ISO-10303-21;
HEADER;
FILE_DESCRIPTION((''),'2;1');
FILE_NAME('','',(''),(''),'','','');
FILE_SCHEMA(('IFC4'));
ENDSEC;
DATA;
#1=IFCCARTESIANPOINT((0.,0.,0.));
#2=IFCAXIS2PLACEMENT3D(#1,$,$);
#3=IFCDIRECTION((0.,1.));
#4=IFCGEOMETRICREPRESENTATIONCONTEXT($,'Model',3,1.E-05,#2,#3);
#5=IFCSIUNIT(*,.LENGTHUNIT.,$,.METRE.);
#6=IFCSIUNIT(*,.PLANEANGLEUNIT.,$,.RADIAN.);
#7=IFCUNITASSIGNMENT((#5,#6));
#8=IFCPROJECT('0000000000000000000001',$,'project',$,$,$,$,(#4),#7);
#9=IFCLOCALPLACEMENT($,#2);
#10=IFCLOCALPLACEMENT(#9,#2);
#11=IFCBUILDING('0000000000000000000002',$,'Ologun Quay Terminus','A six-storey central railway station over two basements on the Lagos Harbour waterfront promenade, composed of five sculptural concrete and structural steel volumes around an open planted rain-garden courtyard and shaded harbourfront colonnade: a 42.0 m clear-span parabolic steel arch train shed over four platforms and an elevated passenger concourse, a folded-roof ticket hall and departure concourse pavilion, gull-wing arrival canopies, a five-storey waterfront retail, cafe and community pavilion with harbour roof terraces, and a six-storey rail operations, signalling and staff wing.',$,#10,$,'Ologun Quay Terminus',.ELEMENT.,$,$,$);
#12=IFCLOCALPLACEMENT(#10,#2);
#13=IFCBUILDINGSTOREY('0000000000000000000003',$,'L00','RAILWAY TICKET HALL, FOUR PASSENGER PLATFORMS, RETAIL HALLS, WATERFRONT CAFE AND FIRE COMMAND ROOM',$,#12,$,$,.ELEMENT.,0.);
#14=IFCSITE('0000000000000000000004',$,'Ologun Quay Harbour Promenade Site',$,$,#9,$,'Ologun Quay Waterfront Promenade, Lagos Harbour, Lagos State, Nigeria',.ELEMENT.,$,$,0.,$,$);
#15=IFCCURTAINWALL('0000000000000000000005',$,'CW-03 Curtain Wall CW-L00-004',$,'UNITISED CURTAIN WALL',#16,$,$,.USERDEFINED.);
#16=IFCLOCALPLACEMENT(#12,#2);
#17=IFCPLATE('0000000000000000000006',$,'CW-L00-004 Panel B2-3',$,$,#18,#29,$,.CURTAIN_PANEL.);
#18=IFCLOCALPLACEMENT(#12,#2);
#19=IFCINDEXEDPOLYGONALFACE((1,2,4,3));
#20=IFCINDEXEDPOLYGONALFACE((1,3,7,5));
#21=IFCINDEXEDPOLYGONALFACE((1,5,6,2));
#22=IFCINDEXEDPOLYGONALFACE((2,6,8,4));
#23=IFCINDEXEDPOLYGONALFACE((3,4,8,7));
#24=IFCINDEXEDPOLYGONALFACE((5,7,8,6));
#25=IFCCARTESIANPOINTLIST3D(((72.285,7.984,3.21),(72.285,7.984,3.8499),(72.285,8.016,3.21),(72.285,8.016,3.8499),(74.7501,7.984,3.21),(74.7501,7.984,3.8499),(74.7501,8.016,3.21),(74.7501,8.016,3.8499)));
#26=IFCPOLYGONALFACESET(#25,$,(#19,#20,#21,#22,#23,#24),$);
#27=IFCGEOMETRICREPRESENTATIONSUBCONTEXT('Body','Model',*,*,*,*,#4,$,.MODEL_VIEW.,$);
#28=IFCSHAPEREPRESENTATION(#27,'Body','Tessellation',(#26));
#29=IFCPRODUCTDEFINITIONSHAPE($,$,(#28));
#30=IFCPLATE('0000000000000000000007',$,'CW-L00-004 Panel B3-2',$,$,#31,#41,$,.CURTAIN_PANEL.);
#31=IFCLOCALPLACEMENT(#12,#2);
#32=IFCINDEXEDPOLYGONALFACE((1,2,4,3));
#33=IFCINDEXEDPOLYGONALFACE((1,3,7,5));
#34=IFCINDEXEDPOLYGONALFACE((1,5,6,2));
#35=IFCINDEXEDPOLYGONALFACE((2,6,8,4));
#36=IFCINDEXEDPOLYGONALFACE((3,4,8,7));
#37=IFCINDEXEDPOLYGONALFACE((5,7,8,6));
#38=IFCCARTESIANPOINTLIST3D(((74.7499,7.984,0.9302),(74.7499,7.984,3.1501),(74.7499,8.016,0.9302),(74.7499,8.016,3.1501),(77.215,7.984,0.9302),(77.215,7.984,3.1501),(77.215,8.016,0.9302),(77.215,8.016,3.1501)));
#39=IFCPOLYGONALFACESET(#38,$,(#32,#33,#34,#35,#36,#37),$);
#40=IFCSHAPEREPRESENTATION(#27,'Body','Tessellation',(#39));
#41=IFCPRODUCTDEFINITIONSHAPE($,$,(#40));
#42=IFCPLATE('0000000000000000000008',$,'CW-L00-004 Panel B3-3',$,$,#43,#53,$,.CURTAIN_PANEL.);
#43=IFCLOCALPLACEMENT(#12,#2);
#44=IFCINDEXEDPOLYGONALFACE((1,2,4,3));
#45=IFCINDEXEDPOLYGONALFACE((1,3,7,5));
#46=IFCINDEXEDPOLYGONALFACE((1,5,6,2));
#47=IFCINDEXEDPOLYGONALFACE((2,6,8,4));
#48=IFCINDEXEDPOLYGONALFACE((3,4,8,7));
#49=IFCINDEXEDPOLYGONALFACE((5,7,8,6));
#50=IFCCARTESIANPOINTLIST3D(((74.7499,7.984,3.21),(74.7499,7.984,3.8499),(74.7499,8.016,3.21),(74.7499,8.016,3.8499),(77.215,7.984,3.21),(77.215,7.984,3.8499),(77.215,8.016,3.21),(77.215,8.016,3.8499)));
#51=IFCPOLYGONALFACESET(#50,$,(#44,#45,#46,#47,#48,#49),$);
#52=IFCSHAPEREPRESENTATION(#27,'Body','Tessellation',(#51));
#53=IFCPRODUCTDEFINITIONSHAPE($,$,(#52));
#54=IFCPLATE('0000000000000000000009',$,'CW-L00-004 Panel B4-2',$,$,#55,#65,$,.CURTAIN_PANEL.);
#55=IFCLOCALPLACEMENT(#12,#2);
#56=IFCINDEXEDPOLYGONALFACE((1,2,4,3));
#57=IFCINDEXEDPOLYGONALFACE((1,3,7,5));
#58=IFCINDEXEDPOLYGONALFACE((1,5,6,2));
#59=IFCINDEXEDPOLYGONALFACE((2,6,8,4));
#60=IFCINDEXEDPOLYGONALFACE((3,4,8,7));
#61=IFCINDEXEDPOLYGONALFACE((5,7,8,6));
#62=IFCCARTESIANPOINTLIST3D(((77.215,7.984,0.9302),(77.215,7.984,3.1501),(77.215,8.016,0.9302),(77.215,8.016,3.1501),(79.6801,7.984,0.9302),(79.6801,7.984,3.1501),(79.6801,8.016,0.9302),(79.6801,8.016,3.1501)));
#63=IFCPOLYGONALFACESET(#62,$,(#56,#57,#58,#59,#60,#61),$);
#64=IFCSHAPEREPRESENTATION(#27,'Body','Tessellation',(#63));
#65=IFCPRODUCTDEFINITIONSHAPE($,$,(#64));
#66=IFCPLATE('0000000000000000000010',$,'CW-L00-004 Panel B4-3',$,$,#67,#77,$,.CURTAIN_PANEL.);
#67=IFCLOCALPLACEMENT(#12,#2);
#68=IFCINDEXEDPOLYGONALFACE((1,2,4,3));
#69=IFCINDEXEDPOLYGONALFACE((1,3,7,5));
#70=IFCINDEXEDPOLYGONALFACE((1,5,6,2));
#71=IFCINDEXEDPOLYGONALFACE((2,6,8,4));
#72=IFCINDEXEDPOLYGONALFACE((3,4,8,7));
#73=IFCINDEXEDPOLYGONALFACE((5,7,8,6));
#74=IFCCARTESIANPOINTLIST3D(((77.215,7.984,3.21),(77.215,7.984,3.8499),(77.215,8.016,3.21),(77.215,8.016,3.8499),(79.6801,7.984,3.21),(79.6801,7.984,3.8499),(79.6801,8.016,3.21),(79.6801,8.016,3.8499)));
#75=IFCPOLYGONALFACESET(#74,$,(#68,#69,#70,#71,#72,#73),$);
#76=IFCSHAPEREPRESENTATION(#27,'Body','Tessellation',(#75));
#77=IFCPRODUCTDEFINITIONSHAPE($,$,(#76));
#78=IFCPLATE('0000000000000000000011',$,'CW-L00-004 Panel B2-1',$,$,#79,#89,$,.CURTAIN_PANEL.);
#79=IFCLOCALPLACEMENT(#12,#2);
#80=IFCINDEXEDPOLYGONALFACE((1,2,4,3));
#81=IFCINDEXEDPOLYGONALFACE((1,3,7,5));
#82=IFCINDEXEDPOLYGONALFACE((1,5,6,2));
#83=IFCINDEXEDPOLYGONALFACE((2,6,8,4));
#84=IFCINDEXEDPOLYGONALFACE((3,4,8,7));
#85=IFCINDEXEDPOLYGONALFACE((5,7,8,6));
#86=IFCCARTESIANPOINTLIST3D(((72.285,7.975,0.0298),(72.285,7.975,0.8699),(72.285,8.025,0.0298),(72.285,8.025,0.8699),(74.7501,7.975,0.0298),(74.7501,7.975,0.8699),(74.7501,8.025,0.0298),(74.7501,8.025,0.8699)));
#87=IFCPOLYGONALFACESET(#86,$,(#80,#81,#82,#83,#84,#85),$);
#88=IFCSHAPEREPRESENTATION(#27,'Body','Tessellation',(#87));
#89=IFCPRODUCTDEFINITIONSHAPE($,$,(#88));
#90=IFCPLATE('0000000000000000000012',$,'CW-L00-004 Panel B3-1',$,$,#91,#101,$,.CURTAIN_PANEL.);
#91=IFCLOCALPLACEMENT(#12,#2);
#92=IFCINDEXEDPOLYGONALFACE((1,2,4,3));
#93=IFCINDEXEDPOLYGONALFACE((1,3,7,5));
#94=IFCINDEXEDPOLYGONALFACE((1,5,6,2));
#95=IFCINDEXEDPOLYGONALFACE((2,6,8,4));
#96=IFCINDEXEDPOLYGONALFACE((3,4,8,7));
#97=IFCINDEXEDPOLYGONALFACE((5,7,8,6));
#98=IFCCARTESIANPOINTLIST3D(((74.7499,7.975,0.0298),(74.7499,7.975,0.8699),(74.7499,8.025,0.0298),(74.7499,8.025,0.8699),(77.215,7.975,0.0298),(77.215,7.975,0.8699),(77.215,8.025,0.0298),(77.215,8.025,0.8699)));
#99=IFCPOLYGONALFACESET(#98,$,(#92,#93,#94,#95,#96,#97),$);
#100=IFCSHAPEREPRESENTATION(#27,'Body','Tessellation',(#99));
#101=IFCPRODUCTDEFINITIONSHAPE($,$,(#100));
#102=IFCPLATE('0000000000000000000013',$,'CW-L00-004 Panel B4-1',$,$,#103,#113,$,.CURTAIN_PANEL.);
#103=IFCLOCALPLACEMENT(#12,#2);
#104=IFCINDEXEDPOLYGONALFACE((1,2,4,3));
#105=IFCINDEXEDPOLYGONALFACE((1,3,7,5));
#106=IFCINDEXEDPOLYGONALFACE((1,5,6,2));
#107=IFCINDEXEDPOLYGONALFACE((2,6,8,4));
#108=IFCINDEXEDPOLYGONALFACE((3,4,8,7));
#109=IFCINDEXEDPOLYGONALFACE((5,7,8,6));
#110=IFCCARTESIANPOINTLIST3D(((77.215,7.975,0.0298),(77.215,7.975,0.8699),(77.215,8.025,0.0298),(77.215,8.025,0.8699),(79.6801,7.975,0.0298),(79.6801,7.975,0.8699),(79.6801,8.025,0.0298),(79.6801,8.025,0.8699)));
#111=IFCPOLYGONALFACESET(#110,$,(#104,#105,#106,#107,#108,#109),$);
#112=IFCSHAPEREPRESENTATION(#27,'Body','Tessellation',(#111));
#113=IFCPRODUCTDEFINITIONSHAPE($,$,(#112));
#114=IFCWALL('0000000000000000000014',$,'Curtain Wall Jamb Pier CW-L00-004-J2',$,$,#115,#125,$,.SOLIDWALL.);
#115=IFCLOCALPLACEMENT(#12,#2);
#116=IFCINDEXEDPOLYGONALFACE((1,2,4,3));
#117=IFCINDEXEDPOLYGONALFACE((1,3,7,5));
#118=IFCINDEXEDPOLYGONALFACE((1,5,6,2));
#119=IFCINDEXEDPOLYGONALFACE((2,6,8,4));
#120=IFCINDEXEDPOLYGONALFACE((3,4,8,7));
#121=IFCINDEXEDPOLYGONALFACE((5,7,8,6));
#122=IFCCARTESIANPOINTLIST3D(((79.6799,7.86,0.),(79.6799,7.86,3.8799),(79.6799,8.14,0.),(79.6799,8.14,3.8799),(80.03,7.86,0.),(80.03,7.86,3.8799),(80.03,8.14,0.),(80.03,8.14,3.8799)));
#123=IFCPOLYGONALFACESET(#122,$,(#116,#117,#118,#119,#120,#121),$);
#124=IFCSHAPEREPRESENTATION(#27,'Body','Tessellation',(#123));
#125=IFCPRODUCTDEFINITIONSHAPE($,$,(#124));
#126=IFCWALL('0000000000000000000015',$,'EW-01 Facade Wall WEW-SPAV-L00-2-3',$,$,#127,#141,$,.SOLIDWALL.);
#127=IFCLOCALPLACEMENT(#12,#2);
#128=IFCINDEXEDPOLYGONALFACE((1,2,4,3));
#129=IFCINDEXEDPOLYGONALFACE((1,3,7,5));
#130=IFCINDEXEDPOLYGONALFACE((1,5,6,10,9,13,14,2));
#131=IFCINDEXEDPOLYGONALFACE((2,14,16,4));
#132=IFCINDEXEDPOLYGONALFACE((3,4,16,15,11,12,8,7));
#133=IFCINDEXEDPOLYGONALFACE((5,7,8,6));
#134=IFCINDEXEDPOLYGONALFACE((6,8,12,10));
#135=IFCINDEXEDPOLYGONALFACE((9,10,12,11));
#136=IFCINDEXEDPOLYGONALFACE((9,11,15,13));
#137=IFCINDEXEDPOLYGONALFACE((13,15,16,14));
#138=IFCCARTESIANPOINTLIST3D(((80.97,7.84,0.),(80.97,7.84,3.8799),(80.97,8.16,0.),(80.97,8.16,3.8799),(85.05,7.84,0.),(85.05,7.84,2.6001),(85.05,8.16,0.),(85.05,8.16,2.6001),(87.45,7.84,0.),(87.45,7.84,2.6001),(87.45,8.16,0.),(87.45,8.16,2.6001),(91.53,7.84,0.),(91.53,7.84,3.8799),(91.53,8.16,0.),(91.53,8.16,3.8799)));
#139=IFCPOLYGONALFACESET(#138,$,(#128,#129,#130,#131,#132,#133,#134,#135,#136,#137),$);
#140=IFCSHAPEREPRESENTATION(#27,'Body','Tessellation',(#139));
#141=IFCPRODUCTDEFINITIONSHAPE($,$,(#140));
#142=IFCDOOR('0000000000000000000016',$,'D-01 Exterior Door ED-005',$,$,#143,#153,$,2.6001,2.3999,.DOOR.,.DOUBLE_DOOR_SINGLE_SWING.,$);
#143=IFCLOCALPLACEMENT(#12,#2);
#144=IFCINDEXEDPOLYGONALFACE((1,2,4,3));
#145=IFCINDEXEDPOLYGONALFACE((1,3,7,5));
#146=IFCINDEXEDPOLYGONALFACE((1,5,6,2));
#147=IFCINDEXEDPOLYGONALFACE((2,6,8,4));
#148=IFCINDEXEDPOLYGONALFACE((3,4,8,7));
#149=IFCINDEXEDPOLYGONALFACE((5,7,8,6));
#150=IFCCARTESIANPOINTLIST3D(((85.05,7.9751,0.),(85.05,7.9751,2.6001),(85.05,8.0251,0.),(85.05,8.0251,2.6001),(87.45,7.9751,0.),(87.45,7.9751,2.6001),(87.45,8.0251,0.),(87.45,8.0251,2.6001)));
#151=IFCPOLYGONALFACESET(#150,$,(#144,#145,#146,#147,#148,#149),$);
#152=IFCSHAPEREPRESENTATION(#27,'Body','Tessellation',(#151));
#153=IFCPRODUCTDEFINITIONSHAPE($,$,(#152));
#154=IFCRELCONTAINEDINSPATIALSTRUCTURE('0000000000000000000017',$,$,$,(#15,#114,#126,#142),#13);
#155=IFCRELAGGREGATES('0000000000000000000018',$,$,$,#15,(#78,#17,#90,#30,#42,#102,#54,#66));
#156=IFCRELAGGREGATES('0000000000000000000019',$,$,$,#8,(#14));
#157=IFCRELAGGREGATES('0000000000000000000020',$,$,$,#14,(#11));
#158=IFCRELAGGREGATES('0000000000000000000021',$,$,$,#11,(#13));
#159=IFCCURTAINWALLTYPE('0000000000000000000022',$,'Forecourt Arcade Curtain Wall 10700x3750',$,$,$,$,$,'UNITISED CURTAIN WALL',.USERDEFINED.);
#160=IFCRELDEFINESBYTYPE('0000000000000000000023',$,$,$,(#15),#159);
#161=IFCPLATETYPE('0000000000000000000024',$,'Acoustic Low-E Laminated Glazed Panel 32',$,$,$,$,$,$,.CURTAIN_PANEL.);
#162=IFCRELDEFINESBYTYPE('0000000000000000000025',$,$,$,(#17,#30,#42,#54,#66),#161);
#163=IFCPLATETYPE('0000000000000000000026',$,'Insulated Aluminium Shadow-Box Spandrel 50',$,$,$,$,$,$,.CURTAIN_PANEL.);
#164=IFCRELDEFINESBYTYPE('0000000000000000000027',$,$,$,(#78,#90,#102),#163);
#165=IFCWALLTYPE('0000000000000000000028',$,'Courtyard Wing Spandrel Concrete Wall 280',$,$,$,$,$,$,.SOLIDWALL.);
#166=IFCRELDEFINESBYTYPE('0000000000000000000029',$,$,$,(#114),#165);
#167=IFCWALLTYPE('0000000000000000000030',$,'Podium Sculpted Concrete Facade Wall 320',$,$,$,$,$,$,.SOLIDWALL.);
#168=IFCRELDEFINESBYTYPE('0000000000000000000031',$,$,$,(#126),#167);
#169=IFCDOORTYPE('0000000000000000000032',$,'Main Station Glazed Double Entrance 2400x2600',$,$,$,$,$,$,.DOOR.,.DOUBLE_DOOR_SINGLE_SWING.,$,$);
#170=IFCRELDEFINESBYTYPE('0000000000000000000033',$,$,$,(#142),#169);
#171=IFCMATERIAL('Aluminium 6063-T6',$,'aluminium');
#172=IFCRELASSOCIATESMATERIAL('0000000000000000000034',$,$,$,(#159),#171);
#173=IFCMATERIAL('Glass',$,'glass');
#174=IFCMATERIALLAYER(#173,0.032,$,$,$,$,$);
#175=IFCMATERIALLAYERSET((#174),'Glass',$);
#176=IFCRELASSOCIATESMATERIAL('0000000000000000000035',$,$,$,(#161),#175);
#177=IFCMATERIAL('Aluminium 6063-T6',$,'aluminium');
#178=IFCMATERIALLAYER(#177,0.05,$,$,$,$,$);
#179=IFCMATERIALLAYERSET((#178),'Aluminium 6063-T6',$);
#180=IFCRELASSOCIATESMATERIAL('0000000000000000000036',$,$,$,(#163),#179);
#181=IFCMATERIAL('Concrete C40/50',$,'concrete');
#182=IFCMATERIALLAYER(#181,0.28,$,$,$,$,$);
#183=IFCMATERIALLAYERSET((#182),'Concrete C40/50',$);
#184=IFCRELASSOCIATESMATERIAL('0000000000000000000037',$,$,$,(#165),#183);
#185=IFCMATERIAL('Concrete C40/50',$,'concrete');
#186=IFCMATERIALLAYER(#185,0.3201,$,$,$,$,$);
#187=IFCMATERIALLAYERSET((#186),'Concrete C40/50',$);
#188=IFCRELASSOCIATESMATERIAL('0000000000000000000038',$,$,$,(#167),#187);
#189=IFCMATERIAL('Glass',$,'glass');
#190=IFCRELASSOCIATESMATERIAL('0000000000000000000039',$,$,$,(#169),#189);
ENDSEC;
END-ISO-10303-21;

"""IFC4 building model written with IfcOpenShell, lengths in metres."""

from ifc_helpers import new_model, si_unit, direction, frame, frame_2d, origin, origin_2d, place, context, subcontext, project, spatial, rectangle, extrude, material, layer, layer_set, type_object, element, fill, aggregate, save


model = new_model("IFC4")

# Units and contexts
model_context = context("Model", 3, precision=1e-05, world=origin(), true_north=direction((0.0, 1.0)))
body_context = subcontext(model_context, "Body", "Model", "MODEL_VIEW")
ifc_project = project(units=[si_unit("LENGTHUNIT", "METRE"), si_unit("PLANEANGLEUNIT", "RADIAN")], contexts=[model_context])

# Site, building, storey
site_placement = place(None, origin())
site = spatial("IfcSite", under=ifc_project, at=site_placement, Name="Ologun Quay Harbour Promenade Site", LongName="Ologun Quay Waterfront Promenade, Lagos Harbour, Lagos State, Nigeria", CompositionType="ELEMENT", RefElevation=0.0)
building_placement = place(site_placement, origin())
building = spatial("IfcBuilding", under=site, at=building_placement, Name="Ologun Quay Terminus", Description="A six-storey central railway station over two basements on the Lagos Harbour waterfront promenade, composed of five sculptural concrete and structural steel volumes around an open planted rain-garden courtyard and shaded harbourfront colonnade: a 42.0 m clear-span parabolic steel arch train shed over four platforms and an elevated passenger concourse, a folded-roof ticket hall and departure concourse pavilion, gull-wing arrival canopies, a five-storey waterfront retail, cafe and community pavilion with harbour roof terraces, and a six-storey rail operations, signalling and staff wing.", LongName="Ologun Quay Terminus", CompositionType="ELEMENT")
storey_placement = place(building_placement, origin())
storey = spatial("IfcBuildingStorey", under=building, at=storey_placement, Name="L00", Description="RAILWAY TICKET HALL, FOUR PASSENGER PLATFORMS, RETAIL HALLS, WATERFRONT CAFE AND FIRE COMMAND ROOM", CompositionType="ELEMENT", Elevation=0.0)

# Curtain wall
ifc_material_1 = material(Name="Aluminium 6063-T6", Category="aluminium")
curtain_wall_type = type_object("IfcCurtainWallType", Name="Forecourt Arcade Curtain Wall 10700x3750", ElementType="UNITISED CURTAIN WALL", PredefinedType="USERDEFINED", material=ifc_material_1)
curtain_wall_placement = place(storey_placement, origin())
curtain_wall = element("IfcCurtainWall", 1, at=curtain_wall_placement, inside=storey, type_object=curtain_wall_type, Name="CW-03 Curtain Wall CW-L00-004", ObjectType="UNITISED CURTAIN WALL", PredefinedType="USERDEFINED")

# Plates
ifc_material_2 = material(Name="Glass", Category="glass")
ifc_layer_1 = layer(ifc_material_2, 0.032)
ifc_layer_set_1 = layer_set([ifc_layer_1], Name="Glass")
plate_type_1 = type_object("IfcPlateType", Name="Acoustic Low-E Laminated Glazed Panel 32", PredefinedType="CURTAIN_PANEL", material=ifc_layer_set_1)
plate_1_placement = place(storey_placement, frame((73.5176, 8.0, 3.21), z_axis=(0.0, 0.0, 1.0), x_axis=(1.0, 0.0, 0.0)))
plate_1 = element("IfcPlate", 2, at=plate_1_placement, type_object=plate_type_1, Name="CW-L00-004 Panel B2-3", PredefinedType="CURTAIN_PANEL", context=body_context, shape_type="SweptSolid", body=[
    extrude(rectangle(XDim=2.4651, YDim=0.032, at=origin_2d()), origin(), (0.0, 0.0, 1.0), 0.6399),
])
plate_2_placement = place(storey_placement, frame((75.9824, 8.0, 0.9302), z_axis=(0.0, 0.0, 1.0), x_axis=(1.0, 0.0, 0.0)))
plate_2 = element("IfcPlate", 3, at=plate_2_placement, type_object=plate_type_1, Name="CW-L00-004 Panel B3-2", PredefinedType="CURTAIN_PANEL", context=body_context, shape_type="SweptSolid", body=[
    extrude(rectangle(XDim=2.4651, YDim=0.032, at=origin_2d()), origin(), (0.0, 0.0, 1.0), 2.22),
])
plate_3_placement = place(storey_placement, frame((75.9824, 8.0, 3.21), z_axis=(0.0, 0.0, 1.0), x_axis=(1.0, 0.0, 0.0)))
plate_3 = element("IfcPlate", 4, at=plate_3_placement, type_object=plate_type_1, Name="CW-L00-004 Panel B3-3", PredefinedType="CURTAIN_PANEL", context=body_context, shape_type="SweptSolid", body=[
    extrude(rectangle(XDim=2.4651, YDim=0.032, at=origin_2d()), origin(), (0.0, 0.0, 1.0), 0.6399),
])
plate_4_placement = place(storey_placement, frame((78.4475, 8.0, 0.9302), z_axis=(0.0, 0.0, 1.0), x_axis=(1.0, 0.0, 0.0)))
plate_4 = element("IfcPlate", 5, at=plate_4_placement, type_object=plate_type_1, Name="CW-L00-004 Panel B4-2", PredefinedType="CURTAIN_PANEL", context=body_context, shape_type="SweptSolid", body=[
    extrude(rectangle(XDim=2.4651, YDim=0.032, at=origin_2d()), origin(), (0.0, 0.0, 1.0), 2.22),
])
plate_5_placement = place(storey_placement, frame((78.4475, 8.0, 3.21), z_axis=(0.0, 0.0, 1.0), x_axis=(1.0, 0.0, 0.0)))
plate_5 = element("IfcPlate", 6, at=plate_5_placement, type_object=plate_type_1, Name="CW-L00-004 Panel B4-3", PredefinedType="CURTAIN_PANEL", context=body_context, shape_type="SweptSolid", body=[
    extrude(rectangle(XDim=2.4651, YDim=0.032, at=origin_2d()), origin(), (0.0, 0.0, 1.0), 0.6399),
])
ifc_material_3 = material(Name="Aluminium 6063-T6", Category="aluminium")
ifc_layer_2 = layer(ifc_material_3, 0.05)
ifc_layer_set_2 = layer_set([ifc_layer_2], Name="Aluminium 6063-T6")
plate_type_2 = type_object("IfcPlateType", Name="Insulated Aluminium Shadow-Box Spandrel 50", PredefinedType="CURTAIN_PANEL", material=ifc_layer_set_2)
plate_6_placement = place(storey_placement, frame((73.5176, 8.0, 0.0298), z_axis=(0.0, 0.0, 1.0), x_axis=(1.0, 0.0, 0.0)))
plate_6 = element("IfcPlate", 7, at=plate_6_placement, type_object=plate_type_2, Name="CW-L00-004 Panel B2-1", PredefinedType="CURTAIN_PANEL", context=body_context, shape_type="SweptSolid", body=[
    extrude(rectangle(XDim=2.4651, YDim=0.05, at=origin_2d()), origin(), (0.0, 0.0, 1.0), 0.8401),
])
plate_7_placement = place(storey_placement, frame((75.9824, 8.0, 0.0298), z_axis=(0.0, 0.0, 1.0), x_axis=(1.0, 0.0, 0.0)))
plate_7 = element("IfcPlate", 8, at=plate_7_placement, type_object=plate_type_2, Name="CW-L00-004 Panel B3-1", PredefinedType="CURTAIN_PANEL", context=body_context, shape_type="SweptSolid", body=[
    extrude(rectangle(XDim=2.4651, YDim=0.05, at=origin_2d()), origin(), (0.0, 0.0, 1.0), 0.8401),
])
plate_8_placement = place(storey_placement, frame((78.4475, 8.0, 0.0298), z_axis=(0.0, 0.0, 1.0), x_axis=(1.0, 0.0, 0.0)))
plate_8 = element("IfcPlate", 9, at=plate_8_placement, type_object=plate_type_2, Name="CW-L00-004 Panel B4-1", PredefinedType="CURTAIN_PANEL", context=body_context, shape_type="SweptSolid", body=[
    extrude(rectangle(XDim=2.4651, YDim=0.05, at=origin_2d()), origin(), (0.0, 0.0, 1.0), 0.8401),
])
aggregate(curtain_wall, [plate_6, plate_1, plate_7, plate_2, plate_3, plate_8, plate_4, plate_5])

# Wall
ifc_material_4 = material(Name="Concrete C40/50", Category="concrete")
ifc_layer_3 = layer(ifc_material_4, 0.28)
ifc_layer_set_3 = layer_set([ifc_layer_3], Name="Concrete C40/50")
wall_type_1 = type_object("IfcWallType", Name="Courtyard Wing Spandrel Concrete Wall 280", PredefinedType="SOLIDWALL", material=ifc_layer_set_3)
wall_1_placement = place(storey_placement, frame((79.6799, 8.0, 0.0), z_axis=(0.0, 0.0, 1.0), x_axis=(1.0, 0.0, 0.0)))
element("IfcWall", 10, at=wall_1_placement, inside=storey, type_object=wall_type_1, Name="Curtain Wall Jamb Pier CW-L00-004-J2", PredefinedType="SOLIDWALL", context=body_context, shape_type="SweptSolid", body=[
    extrude(rectangle(XDim=0.3501, YDim=0.28, at=frame_2d((0.175, 0.0))), origin(), (0.0, 0.0, 1.0), 3.8799),
])

# Wall, opening, door
ifc_material_5 = material(Name="Concrete C40/50", Category="concrete")
ifc_layer_4 = layer(ifc_material_5, 0.3201)
ifc_layer_set_4 = layer_set([ifc_layer_4], Name="Concrete C40/50")
wall_type_2 = type_object("IfcWallType", Name="Podium Sculpted Concrete Facade Wall 320", PredefinedType="SOLIDWALL", material=ifc_layer_set_4)
wall_2_placement = place(storey_placement, frame((80.97, 8.0, 0.0), z_axis=(0.0, 0.0, 1.0), x_axis=(1.0, 0.0, 0.0)))
wall_2 = element("IfcWall", 11, at=wall_2_placement, inside=storey, type_object=wall_type_2, Name="EW-01 Facade Wall WEW-SPAV-L00-2-3", PredefinedType="SOLIDWALL", context=body_context, shape_type="SweptSolid", body=[
    extrude(rectangle(XDim=10.5601, YDim=0.3201, at=frame_2d((5.28, 0.0))), origin(), (0.0, 0.0, 1.0), 3.8799),
])
opening_placement = place(wall_2_placement, frame((4.0801, 0.0, 0.0)))
opening = element("IfcOpeningElement", 12, at=opening_placement, cuts=wall_2, PredefinedType="OPENING", context=body_context, shape_type="SweptSolid", body=[
    extrude(rectangle(XDim=2.3999, YDim=2.6001, at=frame_2d((1.2, 1.3))), frame((0.0, 0.1699, 0.0), z_axis=(0.0, -1.0, 0.0), x_axis=(1.0, 0.0, 0.0)), (0.0, 0.0, 1.0), 0.3401),
])
ifc_material_6 = material(Name="Glass", Category="glass")
door_type = type_object("IfcDoorType", Name="Main Station Glazed Double Entrance 2400x2600", OperationType="DOUBLE_DOOR_SINGLE_SWING", PredefinedType="DOOR", material=ifc_material_6)
door_placement = place(opening_placement, frame((1.2, 0.0, 0.0), z_axis=(0.0, 0.0, 1.0), x_axis=(-1.0, 0.0, 0.0)))
door = element("IfcDoor", 13, at=door_placement, inside=storey, type_object=door_type, Name="D-01 Exterior Door ED-005", OperationType="DOUBLE_DOOR_SINGLE_SWING", OverallHeight=2.6001, OverallWidth=2.3999, PredefinedType="DOOR", context=body_context, shape_type="SweptSolid", body=[
    extrude(rectangle(XDim=2.3999, YDim=2.6001, at=frame_2d((0.0, 1.3))), frame((0.0, 0.0249, 0.0), z_axis=(0.0, -1.0, 0.0), x_axis=(1.0, 0.0, 0.0)), (0.0, 0.0, 1.0), 0.05),
])
fill(opening, door)

save(model, "model.ifc")
